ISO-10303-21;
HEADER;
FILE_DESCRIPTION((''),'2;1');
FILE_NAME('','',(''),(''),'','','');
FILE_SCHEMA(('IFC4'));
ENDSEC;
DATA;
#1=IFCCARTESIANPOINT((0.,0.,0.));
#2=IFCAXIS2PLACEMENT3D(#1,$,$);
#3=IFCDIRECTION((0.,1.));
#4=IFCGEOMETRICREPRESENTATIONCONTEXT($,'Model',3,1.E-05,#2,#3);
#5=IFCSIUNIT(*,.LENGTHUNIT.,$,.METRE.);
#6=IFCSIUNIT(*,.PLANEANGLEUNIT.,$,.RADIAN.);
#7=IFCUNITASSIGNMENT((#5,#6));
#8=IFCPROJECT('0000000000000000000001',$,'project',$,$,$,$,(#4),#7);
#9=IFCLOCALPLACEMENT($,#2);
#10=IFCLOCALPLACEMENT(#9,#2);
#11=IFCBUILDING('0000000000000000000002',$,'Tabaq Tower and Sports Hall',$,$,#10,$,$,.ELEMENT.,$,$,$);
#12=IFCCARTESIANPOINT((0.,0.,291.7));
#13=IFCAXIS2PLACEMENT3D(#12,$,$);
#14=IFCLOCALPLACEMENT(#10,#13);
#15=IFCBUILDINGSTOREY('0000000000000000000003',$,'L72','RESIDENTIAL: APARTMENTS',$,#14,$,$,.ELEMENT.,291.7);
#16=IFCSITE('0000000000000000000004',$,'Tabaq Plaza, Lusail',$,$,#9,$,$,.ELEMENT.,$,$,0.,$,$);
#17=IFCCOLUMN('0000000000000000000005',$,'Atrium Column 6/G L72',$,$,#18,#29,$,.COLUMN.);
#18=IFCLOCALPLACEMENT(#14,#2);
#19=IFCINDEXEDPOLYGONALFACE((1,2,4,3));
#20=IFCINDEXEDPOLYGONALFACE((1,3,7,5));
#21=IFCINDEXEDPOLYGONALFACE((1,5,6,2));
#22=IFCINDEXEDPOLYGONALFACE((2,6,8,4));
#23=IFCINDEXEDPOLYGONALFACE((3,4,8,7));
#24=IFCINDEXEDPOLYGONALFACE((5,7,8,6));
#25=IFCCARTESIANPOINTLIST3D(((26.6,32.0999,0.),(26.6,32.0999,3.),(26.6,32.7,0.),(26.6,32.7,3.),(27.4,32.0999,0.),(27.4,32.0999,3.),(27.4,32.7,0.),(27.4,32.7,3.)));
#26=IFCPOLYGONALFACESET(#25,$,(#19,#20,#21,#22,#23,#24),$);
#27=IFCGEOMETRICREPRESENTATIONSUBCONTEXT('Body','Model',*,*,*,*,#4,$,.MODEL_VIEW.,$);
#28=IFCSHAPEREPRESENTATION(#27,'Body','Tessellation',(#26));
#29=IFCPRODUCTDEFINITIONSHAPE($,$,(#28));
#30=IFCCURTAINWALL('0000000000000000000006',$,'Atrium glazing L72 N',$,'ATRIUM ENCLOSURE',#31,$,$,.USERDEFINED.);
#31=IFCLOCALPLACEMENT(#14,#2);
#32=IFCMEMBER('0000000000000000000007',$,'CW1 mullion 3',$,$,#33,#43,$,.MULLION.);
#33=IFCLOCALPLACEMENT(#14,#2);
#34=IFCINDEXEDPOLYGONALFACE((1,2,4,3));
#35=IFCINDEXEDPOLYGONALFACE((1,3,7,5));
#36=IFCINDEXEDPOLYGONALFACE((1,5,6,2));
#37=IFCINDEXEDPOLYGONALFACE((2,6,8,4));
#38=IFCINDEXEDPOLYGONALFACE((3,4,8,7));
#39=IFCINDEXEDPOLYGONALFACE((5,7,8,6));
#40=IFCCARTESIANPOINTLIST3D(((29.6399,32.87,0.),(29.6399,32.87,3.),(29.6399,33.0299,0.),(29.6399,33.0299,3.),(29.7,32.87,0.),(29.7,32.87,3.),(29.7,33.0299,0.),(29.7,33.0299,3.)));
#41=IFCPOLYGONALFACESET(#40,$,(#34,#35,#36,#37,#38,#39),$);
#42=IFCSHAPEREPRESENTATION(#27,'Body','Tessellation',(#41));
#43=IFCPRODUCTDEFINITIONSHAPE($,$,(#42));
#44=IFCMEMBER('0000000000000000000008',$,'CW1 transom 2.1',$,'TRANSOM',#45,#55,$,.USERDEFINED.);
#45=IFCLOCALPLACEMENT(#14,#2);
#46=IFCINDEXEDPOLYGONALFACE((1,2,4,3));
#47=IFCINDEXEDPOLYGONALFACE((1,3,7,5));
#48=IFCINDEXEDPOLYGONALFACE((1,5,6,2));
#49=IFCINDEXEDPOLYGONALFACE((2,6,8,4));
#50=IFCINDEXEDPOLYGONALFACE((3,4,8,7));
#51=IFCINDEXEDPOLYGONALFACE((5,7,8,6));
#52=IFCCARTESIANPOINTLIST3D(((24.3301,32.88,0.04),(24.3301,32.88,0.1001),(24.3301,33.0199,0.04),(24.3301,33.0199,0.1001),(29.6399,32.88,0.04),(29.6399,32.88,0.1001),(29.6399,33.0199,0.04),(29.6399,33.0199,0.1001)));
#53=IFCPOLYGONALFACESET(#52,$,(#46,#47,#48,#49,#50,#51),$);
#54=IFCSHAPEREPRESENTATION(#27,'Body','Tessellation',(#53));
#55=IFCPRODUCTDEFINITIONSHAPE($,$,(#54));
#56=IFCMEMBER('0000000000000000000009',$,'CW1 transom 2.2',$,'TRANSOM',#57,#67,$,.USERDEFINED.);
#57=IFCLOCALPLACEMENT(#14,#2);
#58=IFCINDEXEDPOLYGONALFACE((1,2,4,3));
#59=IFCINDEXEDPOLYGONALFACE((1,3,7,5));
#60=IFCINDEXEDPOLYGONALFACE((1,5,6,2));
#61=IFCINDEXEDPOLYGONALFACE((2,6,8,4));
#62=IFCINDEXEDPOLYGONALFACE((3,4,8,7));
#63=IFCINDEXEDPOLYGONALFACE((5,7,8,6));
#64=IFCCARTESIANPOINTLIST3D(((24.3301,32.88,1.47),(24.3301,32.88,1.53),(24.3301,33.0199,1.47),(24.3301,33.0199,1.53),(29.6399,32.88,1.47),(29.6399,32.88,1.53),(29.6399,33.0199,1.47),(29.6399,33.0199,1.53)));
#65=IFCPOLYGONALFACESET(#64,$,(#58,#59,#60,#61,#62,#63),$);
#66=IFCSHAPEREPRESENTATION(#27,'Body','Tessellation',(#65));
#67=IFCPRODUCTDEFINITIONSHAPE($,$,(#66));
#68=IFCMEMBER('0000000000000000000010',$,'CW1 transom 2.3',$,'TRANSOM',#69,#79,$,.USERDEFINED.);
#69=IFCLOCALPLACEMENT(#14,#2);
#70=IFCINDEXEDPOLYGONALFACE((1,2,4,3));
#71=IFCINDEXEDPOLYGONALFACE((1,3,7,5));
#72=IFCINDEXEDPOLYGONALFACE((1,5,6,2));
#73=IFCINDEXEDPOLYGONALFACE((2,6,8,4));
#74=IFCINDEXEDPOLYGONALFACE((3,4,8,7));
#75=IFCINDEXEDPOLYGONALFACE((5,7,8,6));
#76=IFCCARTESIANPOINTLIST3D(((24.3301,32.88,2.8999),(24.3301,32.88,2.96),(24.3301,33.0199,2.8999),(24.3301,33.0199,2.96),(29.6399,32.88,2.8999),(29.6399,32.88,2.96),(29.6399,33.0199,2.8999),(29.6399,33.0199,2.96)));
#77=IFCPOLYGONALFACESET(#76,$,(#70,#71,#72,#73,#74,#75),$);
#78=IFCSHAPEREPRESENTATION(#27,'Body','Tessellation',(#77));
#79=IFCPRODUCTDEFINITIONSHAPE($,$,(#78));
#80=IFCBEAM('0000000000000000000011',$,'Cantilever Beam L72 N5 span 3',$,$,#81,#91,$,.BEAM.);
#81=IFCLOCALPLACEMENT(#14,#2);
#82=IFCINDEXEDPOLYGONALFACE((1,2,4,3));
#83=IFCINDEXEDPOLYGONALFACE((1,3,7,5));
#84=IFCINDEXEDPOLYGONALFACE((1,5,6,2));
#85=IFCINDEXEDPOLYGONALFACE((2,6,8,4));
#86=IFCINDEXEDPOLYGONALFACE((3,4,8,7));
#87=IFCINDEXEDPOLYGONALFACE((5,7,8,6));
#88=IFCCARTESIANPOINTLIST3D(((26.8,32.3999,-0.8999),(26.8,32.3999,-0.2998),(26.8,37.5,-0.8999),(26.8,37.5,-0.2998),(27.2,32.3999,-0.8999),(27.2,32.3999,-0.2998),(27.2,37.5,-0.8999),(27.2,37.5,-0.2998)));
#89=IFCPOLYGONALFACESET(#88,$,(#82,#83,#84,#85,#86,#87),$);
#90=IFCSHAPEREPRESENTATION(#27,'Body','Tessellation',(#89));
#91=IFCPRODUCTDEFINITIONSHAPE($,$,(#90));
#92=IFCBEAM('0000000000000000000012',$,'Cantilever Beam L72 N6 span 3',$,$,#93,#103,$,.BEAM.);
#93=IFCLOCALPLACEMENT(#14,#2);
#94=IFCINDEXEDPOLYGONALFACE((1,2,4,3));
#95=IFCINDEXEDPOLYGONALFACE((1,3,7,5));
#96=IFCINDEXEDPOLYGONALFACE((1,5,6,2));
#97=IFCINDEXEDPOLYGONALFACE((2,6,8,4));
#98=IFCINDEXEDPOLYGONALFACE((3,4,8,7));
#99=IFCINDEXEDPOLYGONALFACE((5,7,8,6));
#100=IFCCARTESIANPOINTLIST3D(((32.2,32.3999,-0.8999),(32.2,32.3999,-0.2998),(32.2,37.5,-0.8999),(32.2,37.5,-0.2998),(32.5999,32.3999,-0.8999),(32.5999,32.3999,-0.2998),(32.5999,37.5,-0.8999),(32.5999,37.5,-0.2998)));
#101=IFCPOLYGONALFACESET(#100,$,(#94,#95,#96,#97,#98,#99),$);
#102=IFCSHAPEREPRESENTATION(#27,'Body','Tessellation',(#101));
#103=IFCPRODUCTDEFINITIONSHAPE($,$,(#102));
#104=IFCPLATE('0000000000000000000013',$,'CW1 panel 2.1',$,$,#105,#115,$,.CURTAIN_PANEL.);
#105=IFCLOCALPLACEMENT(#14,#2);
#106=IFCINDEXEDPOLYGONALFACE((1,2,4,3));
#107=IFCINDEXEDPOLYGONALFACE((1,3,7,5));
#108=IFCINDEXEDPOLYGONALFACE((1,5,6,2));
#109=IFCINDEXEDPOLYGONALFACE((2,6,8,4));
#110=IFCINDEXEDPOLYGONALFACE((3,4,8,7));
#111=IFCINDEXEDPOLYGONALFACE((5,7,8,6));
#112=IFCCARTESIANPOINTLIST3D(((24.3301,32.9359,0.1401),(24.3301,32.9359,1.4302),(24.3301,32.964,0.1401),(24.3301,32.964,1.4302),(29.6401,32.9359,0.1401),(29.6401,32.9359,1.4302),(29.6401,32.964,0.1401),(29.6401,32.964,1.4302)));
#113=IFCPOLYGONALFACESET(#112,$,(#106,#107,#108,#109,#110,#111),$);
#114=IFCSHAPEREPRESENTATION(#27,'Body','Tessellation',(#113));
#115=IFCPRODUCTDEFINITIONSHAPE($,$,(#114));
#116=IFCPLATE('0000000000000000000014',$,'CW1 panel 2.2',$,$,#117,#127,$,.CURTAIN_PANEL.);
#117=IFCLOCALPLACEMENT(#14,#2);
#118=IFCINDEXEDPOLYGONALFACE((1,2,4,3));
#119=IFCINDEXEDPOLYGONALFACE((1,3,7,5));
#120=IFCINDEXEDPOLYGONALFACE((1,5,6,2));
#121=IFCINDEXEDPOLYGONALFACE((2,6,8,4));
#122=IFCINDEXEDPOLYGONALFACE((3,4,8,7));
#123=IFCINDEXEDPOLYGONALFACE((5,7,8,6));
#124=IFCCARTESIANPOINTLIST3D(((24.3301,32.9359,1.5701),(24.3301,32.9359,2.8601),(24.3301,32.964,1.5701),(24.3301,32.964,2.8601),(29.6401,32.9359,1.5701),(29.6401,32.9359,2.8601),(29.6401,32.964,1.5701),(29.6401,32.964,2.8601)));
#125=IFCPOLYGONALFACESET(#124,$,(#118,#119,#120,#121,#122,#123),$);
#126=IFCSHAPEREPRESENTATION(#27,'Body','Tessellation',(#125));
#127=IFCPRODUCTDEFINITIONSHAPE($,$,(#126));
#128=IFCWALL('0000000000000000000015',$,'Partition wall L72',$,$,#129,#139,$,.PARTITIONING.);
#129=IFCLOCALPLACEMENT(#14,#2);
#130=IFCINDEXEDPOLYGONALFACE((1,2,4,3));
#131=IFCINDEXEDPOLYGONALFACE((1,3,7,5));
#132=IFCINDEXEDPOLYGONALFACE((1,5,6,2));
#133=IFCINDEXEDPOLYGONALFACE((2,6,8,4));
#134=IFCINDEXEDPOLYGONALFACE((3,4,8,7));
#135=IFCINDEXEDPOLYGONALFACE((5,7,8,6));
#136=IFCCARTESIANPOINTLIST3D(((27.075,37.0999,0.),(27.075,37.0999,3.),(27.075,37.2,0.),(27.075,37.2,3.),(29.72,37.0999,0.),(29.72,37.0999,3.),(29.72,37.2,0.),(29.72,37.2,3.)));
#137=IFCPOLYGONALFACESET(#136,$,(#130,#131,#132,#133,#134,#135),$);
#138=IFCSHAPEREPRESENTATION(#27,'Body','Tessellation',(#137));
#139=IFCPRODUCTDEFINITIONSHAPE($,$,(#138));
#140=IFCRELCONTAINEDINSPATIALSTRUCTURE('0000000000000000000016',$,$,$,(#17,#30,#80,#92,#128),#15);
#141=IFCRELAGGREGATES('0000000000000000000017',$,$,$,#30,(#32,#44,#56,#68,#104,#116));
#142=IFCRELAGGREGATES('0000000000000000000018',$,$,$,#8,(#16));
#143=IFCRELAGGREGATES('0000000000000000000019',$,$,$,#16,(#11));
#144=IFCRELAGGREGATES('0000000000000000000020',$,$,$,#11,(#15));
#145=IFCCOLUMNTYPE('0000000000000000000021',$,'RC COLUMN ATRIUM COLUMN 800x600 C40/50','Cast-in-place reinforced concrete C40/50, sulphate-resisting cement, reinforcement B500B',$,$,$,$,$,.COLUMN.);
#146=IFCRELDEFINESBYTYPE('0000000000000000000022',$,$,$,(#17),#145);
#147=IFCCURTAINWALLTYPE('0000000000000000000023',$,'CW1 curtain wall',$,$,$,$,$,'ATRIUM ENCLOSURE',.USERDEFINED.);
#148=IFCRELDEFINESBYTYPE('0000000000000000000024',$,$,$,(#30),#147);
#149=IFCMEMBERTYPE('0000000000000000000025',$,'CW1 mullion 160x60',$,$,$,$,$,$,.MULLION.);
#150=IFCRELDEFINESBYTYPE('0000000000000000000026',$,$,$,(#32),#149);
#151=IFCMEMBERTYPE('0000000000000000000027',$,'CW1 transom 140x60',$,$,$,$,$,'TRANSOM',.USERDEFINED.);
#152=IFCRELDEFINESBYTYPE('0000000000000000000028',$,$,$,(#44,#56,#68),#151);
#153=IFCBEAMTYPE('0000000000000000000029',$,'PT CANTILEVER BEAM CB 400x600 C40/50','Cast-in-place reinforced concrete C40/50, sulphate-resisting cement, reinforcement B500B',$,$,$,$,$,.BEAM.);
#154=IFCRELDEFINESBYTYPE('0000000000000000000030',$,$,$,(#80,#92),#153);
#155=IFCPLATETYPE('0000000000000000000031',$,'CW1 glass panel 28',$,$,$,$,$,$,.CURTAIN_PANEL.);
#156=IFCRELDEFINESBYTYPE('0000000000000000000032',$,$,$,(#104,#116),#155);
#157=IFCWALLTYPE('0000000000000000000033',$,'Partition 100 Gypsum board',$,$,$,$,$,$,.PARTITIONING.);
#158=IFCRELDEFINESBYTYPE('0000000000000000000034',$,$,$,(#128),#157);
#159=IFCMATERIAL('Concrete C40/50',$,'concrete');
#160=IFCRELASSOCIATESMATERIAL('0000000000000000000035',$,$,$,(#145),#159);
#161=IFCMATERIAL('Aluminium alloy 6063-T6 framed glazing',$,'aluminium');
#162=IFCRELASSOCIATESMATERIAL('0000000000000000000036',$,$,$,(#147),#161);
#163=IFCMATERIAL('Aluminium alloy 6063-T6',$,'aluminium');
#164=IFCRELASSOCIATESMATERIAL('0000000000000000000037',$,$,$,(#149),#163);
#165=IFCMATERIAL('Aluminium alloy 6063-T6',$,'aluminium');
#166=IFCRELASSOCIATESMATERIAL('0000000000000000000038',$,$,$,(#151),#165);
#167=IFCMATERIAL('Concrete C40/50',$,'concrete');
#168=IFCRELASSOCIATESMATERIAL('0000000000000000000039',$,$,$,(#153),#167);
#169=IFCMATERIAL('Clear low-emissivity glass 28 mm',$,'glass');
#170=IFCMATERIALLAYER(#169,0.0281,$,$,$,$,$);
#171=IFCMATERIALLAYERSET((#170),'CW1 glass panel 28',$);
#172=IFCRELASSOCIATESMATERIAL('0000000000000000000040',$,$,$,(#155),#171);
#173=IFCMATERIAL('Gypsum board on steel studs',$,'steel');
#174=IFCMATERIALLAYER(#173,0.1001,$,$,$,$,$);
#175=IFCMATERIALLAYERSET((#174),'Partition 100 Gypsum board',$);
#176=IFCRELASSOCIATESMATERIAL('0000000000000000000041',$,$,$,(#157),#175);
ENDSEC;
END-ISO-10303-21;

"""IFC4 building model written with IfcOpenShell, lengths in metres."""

from ifc_helpers import new_model, si_unit, direction, frame, frame_2d, origin, origin_2d, place, context, subcontext, project, spatial, rectangle, extrude, material, layer, layer_set, material_profile, profile_set, type_object, element, aggregate, save


model = new_model("IFC4")

# Units and contexts
model_context = context("Model", 3, precision=1e-05, world=origin(), true_north=direction((0.0, 1.0)))
body_context = subcontext(model_context, "Body", "Model", "MODEL_VIEW")
ifc_project = project(units=[si_unit("LENGTHUNIT", "METRE"), si_unit("PLANEANGLEUNIT", "RADIAN")], contexts=[model_context])

# Site, building, storey
site_placement = place(None, origin())
site = spatial("IfcSite", under=ifc_project, at=site_placement, Name="Tabaq Plaza, Lusail", CompositionType="ELEMENT", RefElevation=0.0)
building_placement = place(site_placement, origin())
building = spatial("IfcBuilding", under=site, at=building_placement, Name="Tabaq Tower and Sports Hall", CompositionType="ELEMENT")
storey_placement = place(building_placement, frame((0.0, 0.0, 291.7)))
storey = spatial("IfcBuildingStorey", under=building, at=storey_placement, Name="L72", Description="RESIDENTIAL: APARTMENTS", CompositionType="ELEMENT", Elevation=291.7)

# Column
ifc_material_1 = material(Name="Concrete C40/50", Category="concrete")
ifc_material_profile_1 = material_profile(ifc_material_1, rectangle(XDim=0.8, YDim=0.6001, at=origin_2d()), Name="ATRIUM COLUMN 800x600")
ifc_profile_set_1 = profile_set([ifc_material_profile_1], Name="Concrete C40/50")
column_type = type_object("IfcColumnType", Name="RC COLUMN ATRIUM COLUMN 800x600 C40/50", Description="Cast-in-place reinforced concrete C40/50, sulphate-resisting cement, reinforcement B500B", PredefinedType="COLUMN", material=ifc_profile_set_1)
column_placement = place(storey_placement, frame((27.0, 32.3999, 0.0), z_axis=(0.0, 0.0, 1.0), x_axis=(1.0, 0.0, 0.0)))
element("IfcColumn", 1, at=column_placement, inside=storey, type_object=column_type, Name="Atrium Column 6/G L72", PredefinedType="COLUMN", context=body_context, shape_type="SweptSolid", body=[
    extrude(rectangle(XDim=0.8, YDim=0.6001, at=origin_2d()), origin(), (0.0, 0.0, 1.0), 3.0),
])

# Curtain wall, members
ifc_material_2 = material(Name="Aluminium alloy 6063-T6 framed glazing", Category="aluminium")
curtain_wall_type = type_object("IfcCurtainWallType", Name="CW1 curtain wall", ElementType="ATRIUM ENCLOSURE", PredefinedType="USERDEFINED", material=ifc_material_2)
curtain_wall_placement = place(storey_placement, origin())
curtain_wall = element("IfcCurtainWall", 2, at=curtain_wall_placement, inside=storey, type_object=curtain_wall_type, Name="Atrium glazing L72 N", ObjectType="ATRIUM ENCLOSURE", PredefinedType="USERDEFINED")
ifc_material_3 = material(Name="Aluminium alloy 6063-T6", Category="aluminium")
ifc_material_profile_2 = material_profile(ifc_material_3, rectangle(XDim=0.1599, YDim=0.0601, at=origin_2d()), Name="MULLION 160x60")
ifc_profile_set_2 = profile_set([ifc_material_profile_2], Name="Aluminium alloy 6063-T6")
member_type_1 = type_object("IfcMemberType", Name="CW1 mullion 160x60", PredefinedType="MULLION", material=ifc_profile_set_2)
member_1_placement = place(storey_placement, frame((29.6699, 32.95, 0.0), z_axis=(0.0, 0.0, 1.0), x_axis=(0.0, 1.0, 0.0)))
member_1 = element("IfcMember", 3, at=member_1_placement, type_object=member_type_1, Name="CW1 mullion 3", PredefinedType="MULLION", context=body_context, shape_type="SweptSolid", body=[
    extrude(rectangle(XDim=0.1599, YDim=0.0601, at=origin_2d()), origin(), (0.0, 0.0, 1.0), 3.0),
])
ifc_material_4 = material(Name="Aluminium alloy 6063-T6", Category="aluminium")
ifc_material_profile_3 = material_profile(ifc_material_4, rectangle(XDim=0.1399, YDim=0.0601, at=origin_2d()), Name="TRANSOM 140x60")
ifc_profile_set_3 = profile_set([ifc_material_profile_3], Name="Aluminium alloy 6063-T6")
member_type_2 = type_object("IfcMemberType", Name="CW1 transom 140x60", ElementType="TRANSOM", PredefinedType="USERDEFINED", material=ifc_profile_set_3)
member_2_placement = place(storey_placement, frame((24.3301, 32.95, 0.0701), z_axis=(1.0, 0.0, 0.0), x_axis=(0.0, 1.0, 0.0)))
member_2 = element("IfcMember", 4, at=member_2_placement, type_object=member_type_2, Name="CW1 transom 2.1", ObjectType="TRANSOM", PredefinedType="USERDEFINED", context=body_context, shape_type="SweptSolid", body=[
    extrude(rectangle(XDim=0.1399, YDim=0.0601, at=origin_2d()), origin(), (0.0, 0.0, 1.0), 5.3098),
])
member_3_placement = place(storey_placement, frame((24.3301, 32.95, 1.5), z_axis=(1.0, 0.0, 0.0), x_axis=(0.0, 1.0, 0.0)))
member_3 = element("IfcMember", 5, at=member_3_placement, type_object=member_type_2, Name="CW1 transom 2.2", ObjectType="TRANSOM", PredefinedType="USERDEFINED", context=body_context, shape_type="SweptSolid", body=[
    extrude(rectangle(XDim=0.1399, YDim=0.0601, at=origin_2d()), origin(), (0.0, 0.0, 1.0), 5.3098),
])
member_4_placement = place(storey_placement, frame((24.3301, 32.95, 2.9299), z_axis=(1.0, 0.0, 0.0), x_axis=(0.0, 1.0, 0.0)))
member_4 = element("IfcMember", 6, at=member_4_placement, type_object=member_type_2, Name="CW1 transom 2.3", ObjectType="TRANSOM", PredefinedType="USERDEFINED", context=body_context, shape_type="SweptSolid", body=[
    extrude(rectangle(XDim=0.1399, YDim=0.0601, at=origin_2d()), origin(), (0.0, 0.0, 1.0), 5.3098),
])

# Beams
ifc_material_5 = material(Name="Concrete C40/50", Category="concrete")
ifc_material_profile_4 = material_profile(ifc_material_5, rectangle(XDim=0.3999, YDim=0.6001, at=origin_2d()), Name="CB 400x600")
ifc_profile_set_4 = profile_set([ifc_material_profile_4], Name="Concrete C40/50")
beam_type = type_object("IfcBeamType", Name="PT CANTILEVER BEAM CB 400x600 C40/50", Description="Cast-in-place reinforced concrete C40/50, sulphate-resisting cement, reinforcement B500B", PredefinedType="BEAM", material=ifc_profile_set_4)
for number, where, z_axis, x_axis, name in (
    (7, (27.0, 37.5, -0.5999), (0.0, -1.0, 0.0), (1.0, 0.0, 0.0), "Cantilever Beam L72 N5 span 3"),
    (8, (32.3999, 37.5, -0.5999), (0.0, -1.0, 0.0), (1.0, 0.0, 0.0), "Cantilever Beam L72 N6 span 3"),
):
    element("IfcBeam", number, at=place(storey_placement, frame(where, z_axis=z_axis, x_axis=x_axis)), inside=storey, type_object=beam_type, Name=name, PredefinedType="BEAM", context=body_context, shape_type="SweptSolid", body=[
        extrude(rectangle(XDim=0.3999, YDim=0.6001, at=origin_2d()), origin(), (0.0, 0.0, 1.0), 5.1001),
    ])

# Plates
ifc_material_6 = material(Name="Clear low-emissivity glass 28 mm", Category="glass")
ifc_layer_1 = layer(ifc_material_6, 0.0281)
ifc_layer_set_1 = layer_set([ifc_layer_1], Name="CW1 glass panel 28")
plate_type = type_object("IfcPlateType", Name="CW1 glass panel 28", PredefinedType="CURTAIN_PANEL", material=ifc_layer_set_1)
plate_1_placement = place(storey_placement, frame((26.9851, 32.95, 0.1401), z_axis=(0.0, 0.0, 1.0), x_axis=(1.0, 0.0, 0.0)))
plate_1 = element("IfcPlate", 9, at=plate_1_placement, type_object=plate_type, Name="CW1 panel 2.1", PredefinedType="CURTAIN_PANEL", context=body_context, shape_type="SweptSolid", body=[
    extrude(rectangle(XDim=5.3101, YDim=0.0281, at=origin_2d()), origin(), (0.0, 0.0, 1.0), 1.29),
])
plate_2_placement = place(storey_placement, frame((26.9851, 32.95, 1.5701), z_axis=(0.0, 0.0, 1.0), x_axis=(1.0, 0.0, 0.0)))
plate_2 = element("IfcPlate", 10, at=plate_2_placement, type_object=plate_type, Name="CW1 panel 2.2", PredefinedType="CURTAIN_PANEL", context=body_context, shape_type="SweptSolid", body=[
    extrude(rectangle(XDim=5.3101, YDim=0.0281, at=origin_2d()), origin(), (0.0, 0.0, 1.0), 1.29),
])
aggregate(curtain_wall, [member_1, member_2, member_3, member_4, plate_1, plate_2])

# Wall
ifc_material_7 = material(Name="Gypsum board on steel studs", Category="steel")
ifc_layer_2 = layer(ifc_material_7, 0.1001)
ifc_layer_set_2 = layer_set([ifc_layer_2], Name="Partition 100 Gypsum board")
wall_type_1 = type_object("IfcWallType", Name="Partition 100 Gypsum board", PredefinedType="PARTITIONING", material=ifc_layer_set_2)
wall_1_placement = place(storey_placement, frame((27.075, 37.1499, 0.0), z_axis=(0.0, 0.0, 1.0), x_axis=(1.0, 0.0, 0.0)))
element("IfcWall", 11, at=wall_1_placement, inside=storey, type_object=wall_type_1, Name="Partition wall L72", PredefinedType="PARTITIONING", context=body_context, shape_type="SweptSolid", body=[
    extrude(rectangle(XDim=2.645, YDim=0.1001, at=frame_2d((1.3225, 0.0))), origin(), (0.0, 0.0, 1.0), 3.0),
])

save(model, "model.ifc")
